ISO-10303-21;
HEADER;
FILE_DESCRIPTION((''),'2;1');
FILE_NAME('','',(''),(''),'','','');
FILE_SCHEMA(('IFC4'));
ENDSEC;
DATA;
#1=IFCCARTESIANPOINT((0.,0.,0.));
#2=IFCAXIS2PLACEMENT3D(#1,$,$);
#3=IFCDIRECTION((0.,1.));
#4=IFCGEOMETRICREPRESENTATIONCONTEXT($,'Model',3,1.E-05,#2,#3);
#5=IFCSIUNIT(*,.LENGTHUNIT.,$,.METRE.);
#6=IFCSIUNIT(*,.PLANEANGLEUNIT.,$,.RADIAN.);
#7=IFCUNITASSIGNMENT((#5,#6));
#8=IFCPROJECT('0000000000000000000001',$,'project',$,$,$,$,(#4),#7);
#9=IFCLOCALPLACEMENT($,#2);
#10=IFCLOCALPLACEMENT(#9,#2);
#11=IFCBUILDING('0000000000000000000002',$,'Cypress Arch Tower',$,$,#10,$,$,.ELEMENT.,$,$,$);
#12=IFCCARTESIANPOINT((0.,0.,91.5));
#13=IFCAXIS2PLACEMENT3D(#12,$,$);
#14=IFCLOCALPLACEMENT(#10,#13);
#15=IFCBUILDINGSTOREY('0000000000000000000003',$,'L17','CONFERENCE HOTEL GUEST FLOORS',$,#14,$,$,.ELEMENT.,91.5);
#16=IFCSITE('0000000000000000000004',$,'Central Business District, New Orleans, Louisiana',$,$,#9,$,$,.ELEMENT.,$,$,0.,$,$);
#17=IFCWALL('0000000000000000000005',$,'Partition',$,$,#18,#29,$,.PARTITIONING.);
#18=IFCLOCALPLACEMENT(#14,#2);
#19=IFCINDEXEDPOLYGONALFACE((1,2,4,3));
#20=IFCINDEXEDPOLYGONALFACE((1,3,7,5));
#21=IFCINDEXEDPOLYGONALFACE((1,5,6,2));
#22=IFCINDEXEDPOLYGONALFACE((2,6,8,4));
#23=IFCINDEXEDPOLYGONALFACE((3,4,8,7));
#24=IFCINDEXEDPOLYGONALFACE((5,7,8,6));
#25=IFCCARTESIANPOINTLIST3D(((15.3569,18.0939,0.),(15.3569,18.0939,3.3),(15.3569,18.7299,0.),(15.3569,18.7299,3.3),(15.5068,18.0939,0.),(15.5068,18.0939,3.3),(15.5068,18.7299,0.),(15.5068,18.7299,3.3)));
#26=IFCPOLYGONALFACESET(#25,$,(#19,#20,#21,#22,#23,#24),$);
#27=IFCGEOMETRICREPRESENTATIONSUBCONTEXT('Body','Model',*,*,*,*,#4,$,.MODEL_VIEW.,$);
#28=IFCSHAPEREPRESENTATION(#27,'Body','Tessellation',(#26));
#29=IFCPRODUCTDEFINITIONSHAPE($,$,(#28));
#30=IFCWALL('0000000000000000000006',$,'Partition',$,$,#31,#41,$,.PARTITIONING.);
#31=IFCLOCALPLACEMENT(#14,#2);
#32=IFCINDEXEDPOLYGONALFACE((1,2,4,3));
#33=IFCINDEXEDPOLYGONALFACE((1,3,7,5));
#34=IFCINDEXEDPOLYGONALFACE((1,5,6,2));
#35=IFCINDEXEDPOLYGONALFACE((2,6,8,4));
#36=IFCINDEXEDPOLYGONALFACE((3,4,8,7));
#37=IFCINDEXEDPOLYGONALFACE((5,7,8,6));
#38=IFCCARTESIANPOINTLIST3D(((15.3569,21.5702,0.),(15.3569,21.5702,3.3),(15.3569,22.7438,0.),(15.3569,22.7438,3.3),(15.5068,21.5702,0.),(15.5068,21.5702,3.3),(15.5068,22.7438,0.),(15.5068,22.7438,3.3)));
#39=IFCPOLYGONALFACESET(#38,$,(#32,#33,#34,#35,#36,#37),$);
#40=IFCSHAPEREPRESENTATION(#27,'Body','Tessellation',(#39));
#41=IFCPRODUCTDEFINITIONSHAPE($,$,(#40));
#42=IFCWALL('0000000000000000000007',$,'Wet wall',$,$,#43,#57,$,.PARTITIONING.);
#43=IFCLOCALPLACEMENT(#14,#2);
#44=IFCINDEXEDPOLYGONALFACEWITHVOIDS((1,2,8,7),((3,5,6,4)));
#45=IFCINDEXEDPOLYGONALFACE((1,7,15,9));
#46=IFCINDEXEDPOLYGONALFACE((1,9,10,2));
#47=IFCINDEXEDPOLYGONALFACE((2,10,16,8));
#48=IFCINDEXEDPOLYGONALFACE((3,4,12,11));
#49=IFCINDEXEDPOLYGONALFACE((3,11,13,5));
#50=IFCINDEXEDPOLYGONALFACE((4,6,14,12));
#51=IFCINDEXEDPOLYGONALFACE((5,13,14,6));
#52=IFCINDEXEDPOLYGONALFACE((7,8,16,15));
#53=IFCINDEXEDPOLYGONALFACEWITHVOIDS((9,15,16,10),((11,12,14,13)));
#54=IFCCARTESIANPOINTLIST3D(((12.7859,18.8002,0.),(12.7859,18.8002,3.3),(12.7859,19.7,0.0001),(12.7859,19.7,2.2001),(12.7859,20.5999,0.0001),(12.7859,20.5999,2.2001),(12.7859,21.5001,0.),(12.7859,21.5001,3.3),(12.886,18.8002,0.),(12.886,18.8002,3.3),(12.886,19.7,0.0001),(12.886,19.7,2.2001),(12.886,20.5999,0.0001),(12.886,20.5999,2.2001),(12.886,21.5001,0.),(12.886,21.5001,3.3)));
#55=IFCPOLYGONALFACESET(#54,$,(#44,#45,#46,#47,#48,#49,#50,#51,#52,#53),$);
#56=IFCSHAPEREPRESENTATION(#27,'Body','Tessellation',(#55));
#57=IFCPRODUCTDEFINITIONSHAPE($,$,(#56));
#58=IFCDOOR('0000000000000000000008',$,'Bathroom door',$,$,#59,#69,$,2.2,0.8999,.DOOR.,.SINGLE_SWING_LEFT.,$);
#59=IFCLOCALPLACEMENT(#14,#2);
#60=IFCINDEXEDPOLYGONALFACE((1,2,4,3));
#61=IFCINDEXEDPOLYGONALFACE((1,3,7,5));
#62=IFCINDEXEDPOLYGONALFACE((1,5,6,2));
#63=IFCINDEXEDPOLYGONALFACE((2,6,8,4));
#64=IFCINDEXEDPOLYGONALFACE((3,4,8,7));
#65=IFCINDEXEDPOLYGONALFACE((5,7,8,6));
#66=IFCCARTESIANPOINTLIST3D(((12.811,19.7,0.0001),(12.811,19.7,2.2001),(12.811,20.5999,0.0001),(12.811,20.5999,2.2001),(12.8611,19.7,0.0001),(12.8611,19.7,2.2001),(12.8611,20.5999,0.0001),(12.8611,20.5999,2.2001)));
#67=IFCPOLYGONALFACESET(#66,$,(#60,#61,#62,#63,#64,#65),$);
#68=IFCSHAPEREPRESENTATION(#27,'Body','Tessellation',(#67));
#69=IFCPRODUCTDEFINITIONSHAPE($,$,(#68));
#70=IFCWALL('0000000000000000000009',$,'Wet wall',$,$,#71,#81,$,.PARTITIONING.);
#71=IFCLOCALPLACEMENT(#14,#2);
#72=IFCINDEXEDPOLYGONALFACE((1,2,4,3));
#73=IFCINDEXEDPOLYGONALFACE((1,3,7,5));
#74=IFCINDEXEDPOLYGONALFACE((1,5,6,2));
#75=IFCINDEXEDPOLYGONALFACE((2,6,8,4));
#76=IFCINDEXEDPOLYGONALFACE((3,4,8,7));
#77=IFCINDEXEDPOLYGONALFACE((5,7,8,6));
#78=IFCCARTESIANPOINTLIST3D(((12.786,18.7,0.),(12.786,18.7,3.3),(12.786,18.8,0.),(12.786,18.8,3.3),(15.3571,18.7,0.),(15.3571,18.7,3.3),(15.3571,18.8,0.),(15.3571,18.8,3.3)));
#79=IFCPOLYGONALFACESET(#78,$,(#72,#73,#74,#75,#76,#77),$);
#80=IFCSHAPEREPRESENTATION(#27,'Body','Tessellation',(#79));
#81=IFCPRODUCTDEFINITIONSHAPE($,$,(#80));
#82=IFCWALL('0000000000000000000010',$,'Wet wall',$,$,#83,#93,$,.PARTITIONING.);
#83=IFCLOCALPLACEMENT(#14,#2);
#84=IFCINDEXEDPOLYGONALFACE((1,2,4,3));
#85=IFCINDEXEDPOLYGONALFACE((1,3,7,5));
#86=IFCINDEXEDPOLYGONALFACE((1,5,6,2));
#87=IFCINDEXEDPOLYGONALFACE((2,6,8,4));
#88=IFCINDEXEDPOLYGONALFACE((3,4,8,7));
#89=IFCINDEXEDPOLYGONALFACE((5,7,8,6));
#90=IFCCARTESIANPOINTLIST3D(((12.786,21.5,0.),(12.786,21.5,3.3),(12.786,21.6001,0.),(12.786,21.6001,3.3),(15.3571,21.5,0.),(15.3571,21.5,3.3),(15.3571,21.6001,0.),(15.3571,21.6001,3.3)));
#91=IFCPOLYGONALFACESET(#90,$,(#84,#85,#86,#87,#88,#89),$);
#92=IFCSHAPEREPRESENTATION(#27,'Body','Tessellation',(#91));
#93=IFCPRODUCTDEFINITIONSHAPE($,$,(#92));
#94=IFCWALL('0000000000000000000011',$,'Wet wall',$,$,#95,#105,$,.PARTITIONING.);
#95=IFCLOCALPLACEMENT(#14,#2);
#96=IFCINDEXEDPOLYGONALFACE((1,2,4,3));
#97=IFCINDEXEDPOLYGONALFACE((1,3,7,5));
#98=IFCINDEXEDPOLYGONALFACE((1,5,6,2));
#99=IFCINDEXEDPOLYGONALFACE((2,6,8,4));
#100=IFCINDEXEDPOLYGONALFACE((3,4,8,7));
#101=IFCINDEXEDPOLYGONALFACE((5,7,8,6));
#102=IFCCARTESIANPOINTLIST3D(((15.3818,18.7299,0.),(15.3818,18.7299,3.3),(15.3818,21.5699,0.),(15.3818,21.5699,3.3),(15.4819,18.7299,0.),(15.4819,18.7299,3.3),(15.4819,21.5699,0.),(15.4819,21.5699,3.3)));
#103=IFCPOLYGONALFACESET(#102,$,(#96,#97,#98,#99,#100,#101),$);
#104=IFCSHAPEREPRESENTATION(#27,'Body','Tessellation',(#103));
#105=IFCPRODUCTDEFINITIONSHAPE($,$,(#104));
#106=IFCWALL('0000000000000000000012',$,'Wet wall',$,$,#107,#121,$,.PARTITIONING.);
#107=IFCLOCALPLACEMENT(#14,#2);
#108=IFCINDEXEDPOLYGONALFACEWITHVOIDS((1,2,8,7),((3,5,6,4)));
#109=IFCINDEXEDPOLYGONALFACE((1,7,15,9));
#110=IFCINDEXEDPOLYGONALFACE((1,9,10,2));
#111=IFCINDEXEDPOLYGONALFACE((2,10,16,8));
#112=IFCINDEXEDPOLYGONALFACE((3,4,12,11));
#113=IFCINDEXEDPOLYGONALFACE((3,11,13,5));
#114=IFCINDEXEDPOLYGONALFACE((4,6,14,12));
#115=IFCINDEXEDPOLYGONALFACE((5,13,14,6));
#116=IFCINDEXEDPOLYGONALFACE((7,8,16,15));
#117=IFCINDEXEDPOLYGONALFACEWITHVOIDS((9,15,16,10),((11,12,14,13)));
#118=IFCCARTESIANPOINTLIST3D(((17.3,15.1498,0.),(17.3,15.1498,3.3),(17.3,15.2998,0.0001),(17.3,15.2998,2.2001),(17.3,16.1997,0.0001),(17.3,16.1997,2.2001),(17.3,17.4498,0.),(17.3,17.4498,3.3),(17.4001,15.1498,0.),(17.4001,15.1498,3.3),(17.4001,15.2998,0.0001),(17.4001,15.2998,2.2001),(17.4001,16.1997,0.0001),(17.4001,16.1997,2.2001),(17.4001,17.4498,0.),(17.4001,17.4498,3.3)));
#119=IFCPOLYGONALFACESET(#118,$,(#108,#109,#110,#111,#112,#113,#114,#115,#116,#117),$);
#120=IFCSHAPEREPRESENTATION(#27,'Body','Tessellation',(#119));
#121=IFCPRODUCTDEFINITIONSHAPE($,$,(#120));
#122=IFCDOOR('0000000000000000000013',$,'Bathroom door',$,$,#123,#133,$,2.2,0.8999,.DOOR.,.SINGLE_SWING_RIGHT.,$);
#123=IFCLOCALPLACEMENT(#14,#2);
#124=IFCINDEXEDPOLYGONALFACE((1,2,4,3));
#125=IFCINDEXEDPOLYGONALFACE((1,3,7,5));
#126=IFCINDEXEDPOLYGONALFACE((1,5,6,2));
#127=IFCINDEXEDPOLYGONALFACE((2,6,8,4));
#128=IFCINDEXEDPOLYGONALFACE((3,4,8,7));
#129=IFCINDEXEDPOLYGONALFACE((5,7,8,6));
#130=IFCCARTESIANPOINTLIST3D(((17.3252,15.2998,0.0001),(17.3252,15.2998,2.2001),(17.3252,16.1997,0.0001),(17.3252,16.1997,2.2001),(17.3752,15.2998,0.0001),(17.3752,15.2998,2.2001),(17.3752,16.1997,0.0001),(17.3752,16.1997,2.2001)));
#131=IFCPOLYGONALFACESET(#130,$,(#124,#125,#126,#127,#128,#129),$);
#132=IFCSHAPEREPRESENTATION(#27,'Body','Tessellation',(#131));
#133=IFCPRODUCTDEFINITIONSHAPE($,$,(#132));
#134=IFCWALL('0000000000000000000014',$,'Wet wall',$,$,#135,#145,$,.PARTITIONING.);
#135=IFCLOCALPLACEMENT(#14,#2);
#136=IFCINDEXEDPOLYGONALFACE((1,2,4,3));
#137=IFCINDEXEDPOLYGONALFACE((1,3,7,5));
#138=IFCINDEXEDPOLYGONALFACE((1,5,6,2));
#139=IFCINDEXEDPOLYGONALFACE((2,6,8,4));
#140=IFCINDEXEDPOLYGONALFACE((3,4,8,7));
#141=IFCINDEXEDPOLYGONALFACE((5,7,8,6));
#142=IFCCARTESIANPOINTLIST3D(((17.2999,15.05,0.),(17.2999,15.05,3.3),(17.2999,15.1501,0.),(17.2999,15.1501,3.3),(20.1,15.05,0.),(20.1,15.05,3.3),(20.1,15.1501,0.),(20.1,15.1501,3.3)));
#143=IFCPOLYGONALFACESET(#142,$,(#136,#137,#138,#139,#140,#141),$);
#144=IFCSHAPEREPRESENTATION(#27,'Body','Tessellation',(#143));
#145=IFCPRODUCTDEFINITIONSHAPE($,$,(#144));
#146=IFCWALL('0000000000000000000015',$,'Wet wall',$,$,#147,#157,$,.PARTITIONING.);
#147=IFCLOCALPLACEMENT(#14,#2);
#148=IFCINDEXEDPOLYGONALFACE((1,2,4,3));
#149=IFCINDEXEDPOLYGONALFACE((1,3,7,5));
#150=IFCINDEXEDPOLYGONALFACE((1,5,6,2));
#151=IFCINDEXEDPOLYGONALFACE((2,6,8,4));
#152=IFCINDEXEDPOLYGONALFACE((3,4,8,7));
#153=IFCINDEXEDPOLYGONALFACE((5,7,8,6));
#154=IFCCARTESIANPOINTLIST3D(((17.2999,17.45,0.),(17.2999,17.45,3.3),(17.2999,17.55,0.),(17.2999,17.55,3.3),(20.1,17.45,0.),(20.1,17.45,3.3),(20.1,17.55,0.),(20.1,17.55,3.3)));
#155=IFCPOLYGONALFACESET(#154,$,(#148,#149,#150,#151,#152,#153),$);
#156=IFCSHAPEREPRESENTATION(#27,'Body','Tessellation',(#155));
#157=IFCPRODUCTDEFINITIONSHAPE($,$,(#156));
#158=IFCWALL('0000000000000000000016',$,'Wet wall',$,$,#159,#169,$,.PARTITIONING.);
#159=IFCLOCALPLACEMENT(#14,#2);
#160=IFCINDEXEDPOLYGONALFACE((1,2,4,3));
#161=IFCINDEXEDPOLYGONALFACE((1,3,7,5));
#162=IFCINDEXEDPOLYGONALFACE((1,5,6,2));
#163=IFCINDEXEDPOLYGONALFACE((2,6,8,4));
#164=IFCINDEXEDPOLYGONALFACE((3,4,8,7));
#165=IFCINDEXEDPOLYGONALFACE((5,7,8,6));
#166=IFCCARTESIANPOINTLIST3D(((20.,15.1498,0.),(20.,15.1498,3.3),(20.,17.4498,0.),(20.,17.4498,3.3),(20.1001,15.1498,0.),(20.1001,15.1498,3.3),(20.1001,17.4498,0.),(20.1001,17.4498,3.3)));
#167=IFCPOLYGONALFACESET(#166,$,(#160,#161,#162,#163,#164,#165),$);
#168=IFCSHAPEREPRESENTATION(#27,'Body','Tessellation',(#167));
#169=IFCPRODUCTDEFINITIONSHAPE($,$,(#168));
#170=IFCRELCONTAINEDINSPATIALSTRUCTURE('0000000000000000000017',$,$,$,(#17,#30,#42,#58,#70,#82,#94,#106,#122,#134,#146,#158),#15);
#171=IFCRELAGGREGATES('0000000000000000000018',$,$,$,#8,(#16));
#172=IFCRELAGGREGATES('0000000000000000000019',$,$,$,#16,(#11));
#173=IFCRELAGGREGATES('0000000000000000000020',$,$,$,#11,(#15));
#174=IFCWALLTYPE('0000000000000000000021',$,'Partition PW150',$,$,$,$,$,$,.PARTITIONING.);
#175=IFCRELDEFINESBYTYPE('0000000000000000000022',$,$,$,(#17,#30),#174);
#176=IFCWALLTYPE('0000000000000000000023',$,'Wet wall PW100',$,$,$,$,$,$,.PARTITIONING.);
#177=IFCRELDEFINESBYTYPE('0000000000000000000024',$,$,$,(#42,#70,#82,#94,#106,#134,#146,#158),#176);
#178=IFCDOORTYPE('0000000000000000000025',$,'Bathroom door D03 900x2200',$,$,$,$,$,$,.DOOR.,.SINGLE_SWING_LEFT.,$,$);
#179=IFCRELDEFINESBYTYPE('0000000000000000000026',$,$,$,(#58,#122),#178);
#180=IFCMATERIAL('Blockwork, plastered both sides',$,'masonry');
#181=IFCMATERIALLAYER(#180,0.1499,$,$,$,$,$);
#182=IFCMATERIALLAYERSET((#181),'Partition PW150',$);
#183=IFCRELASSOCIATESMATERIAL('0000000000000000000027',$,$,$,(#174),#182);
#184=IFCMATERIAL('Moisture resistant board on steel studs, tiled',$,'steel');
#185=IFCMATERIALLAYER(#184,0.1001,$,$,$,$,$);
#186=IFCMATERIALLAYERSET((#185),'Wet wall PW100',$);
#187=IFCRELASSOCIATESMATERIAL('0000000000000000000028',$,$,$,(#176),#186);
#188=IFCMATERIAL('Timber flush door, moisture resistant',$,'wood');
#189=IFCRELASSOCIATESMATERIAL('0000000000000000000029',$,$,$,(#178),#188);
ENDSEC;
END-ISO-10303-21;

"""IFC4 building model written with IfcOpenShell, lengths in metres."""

from ifc_helpers import new_model, si_unit, direction, frame, frame_2d, origin, place, context, subcontext, project, spatial, rectangle, extrude, material, layer, layer_set, type_object, element, fill, save


model = new_model("IFC4")

# Units and contexts
model_context = context("Model", 3, precision=1e-05, world=origin(), true_north=direction((0.0, 1.0)))
body_context = subcontext(model_context, "Body", "Model", "MODEL_VIEW")
ifc_project = project(units=[si_unit("LENGTHUNIT", "METRE"), si_unit("PLANEANGLEUNIT", "RADIAN")], contexts=[model_context])

# Site, building, storey
site_placement = place(None, origin())
site = spatial("IfcSite", under=ifc_project, at=site_placement, Name="Central Business District, New Orleans, Louisiana", CompositionType="ELEMENT", RefElevation=0.0)
building_placement = place(site_placement, origin())
building = spatial("IfcBuilding", under=site, at=building_placement, Name="Cypress Arch Tower", CompositionType="ELEMENT")
storey_placement = place(building_placement, frame((0.0, 0.0, 91.5)))
storey = spatial("IfcBuildingStorey", under=building, at=storey_placement, Name="L17", Description="CONFERENCE HOTEL GUEST FLOORS", CompositionType="ELEMENT", Elevation=91.5)

# Walls
ifc_material_1 = material(Name="Blockwork, plastered both sides", Category="masonry")
ifc_layer_1 = layer(ifc_material_1, 0.1499)
ifc_layer_set_1 = layer_set([ifc_layer_1], Name="Partition PW150")
wall_type_1 = type_object("IfcWallType", Name="Partition PW150", PredefinedType="PARTITIONING", material=ifc_layer_set_1)
wall_1_placement = place(storey_placement, frame((15.4319, 18.094, 0.0), z_axis=(0.0, 0.0, 1.0), x_axis=(0.0, 1.0, 0.0)))
element("IfcWall", 1, at=wall_1_placement, inside=storey, type_object=wall_type_1, Name="Partition", PredefinedType="PARTITIONING", context=body_context, shape_type="SweptSolid", body=[
    extrude(rectangle(XDim=0.636, YDim=0.1499, at=frame_2d((0.3179, 0.0))), origin(), (0.0, 0.0, 1.0), 3.3),
])
wall_2_placement = place(storey_placement, frame((15.4319, 21.5701, 0.0), z_axis=(0.0, 0.0, 1.0), x_axis=(0.0, 1.0, 0.0)))
element("IfcWall", 2, at=wall_2_placement, inside=storey, type_object=wall_type_1, Name="Partition", PredefinedType="PARTITIONING", context=body_context, shape_type="SweptSolid", body=[
    extrude(rectangle(XDim=1.1736, YDim=0.1499, at=frame_2d((0.5869, 0.0))), origin(), (0.0, 0.0, 1.0), 3.3),
])

# Wall, opening, door
ifc_material_2 = material(Name="Moisture resistant board on steel studs, tiled", Category="steel")
ifc_layer_2 = layer(ifc_material_2, 0.1001)
ifc_layer_set_2 = layer_set([ifc_layer_2], Name="Wet wall PW100")
wall_type_2 = type_object("IfcWallType", Name="Wet wall PW100", PredefinedType="PARTITIONING", material=ifc_layer_set_2)
wall_3_placement = place(storey_placement, frame((12.8359, 18.8, 0.0), z_axis=(0.0, 0.0, 1.0), x_axis=(0.0, 1.0, 0.0)))
wall_3 = element("IfcWall", 3, at=wall_3_placement, inside=storey, type_object=wall_type_2, Name="Wet wall", PredefinedType="PARTITIONING", context=body_context, shape_type="SweptSolid", body=[
    extrude(rectangle(XDim=2.7, YDim=0.1001, at=frame_2d((1.3501, 0.0))), origin(), (0.0, 0.0, 1.0), 3.3),
])
opening_1_placement = place(wall_3_placement, frame((0.8999, 0.0, 0.0)))
opening_1 = element("IfcOpeningElement", 4, at=opening_1_placement, cuts=wall_3, PredefinedType="OPENING", context=body_context, shape_type="SweptSolid", body=[
    extrude(rectangle(XDim=0.8999, YDim=2.2, at=frame_2d((0.45, 1.1001))), frame((0.0, 0.0601, 0.0), z_axis=(0.0, -1.0, 0.0), x_axis=(1.0, 0.0, 0.0)), (0.0, 0.0, 1.0), 0.1201),
])
ifc_material_3 = material(Name="Timber flush door, moisture resistant", Category="wood")
door_type_1 = type_object("IfcDoorType", Name="Bathroom door D03 900x2200", OperationType="SINGLE_SWING_LEFT", PredefinedType="DOOR", material=ifc_material_3)
door_1_placement = place(opening_1_placement, origin())
door_1 = element("IfcDoor", 5, at=door_1_placement, inside=storey, type_object=door_type_1, Name="Bathroom door", OperationType="SINGLE_SWING_LEFT", OverallHeight=2.2, OverallWidth=0.8999, PredefinedType="DOOR", context=body_context, shape_type="SweptSolid", body=[
    extrude(rectangle(XDim=0.8999, YDim=2.2, at=frame_2d((0.45, 1.1001))), frame((0.0, 0.0249, 0.0), z_axis=(0.0, -1.0, 0.0), x_axis=(1.0, 0.0, 0.0)), (0.0, 0.0, 1.0), 0.05),
])
fill(opening_1, door_1)

# Walls
for number, where, z_axis, x_axis, name in (
    (6, (12.7859, 18.75, 0.0), (0.0, 0.0, 1.0), (1.0, 0.0, 0.0), "Wet wall"),
    (7, (12.7859, 21.55, 0.0), (0.0, 0.0, 1.0), (1.0, 0.0, 0.0), "Wet wall"),
):
    element("IfcWall", number, at=place(storey_placement, frame(where, z_axis=z_axis, x_axis=x_axis)), inside=storey, type_object=wall_type_2, Name=name, PredefinedType="PARTITIONING", context=body_context, shape_type="SweptSolid", body=[
        extrude(rectangle(XDim=2.571, YDim=0.1001, at=frame_2d((1.2856, 0.0))), origin(), (0.0, 0.0, 1.0), 3.3),
    ])
wall_4_placement = place(storey_placement, frame((15.4319, 18.73, 0.0), z_axis=(0.0, 0.0, 1.0), x_axis=(0.0, 1.0, 0.0)))
element("IfcWall", 8, at=wall_4_placement, inside=storey, type_object=wall_type_2, Name="Wet wall", PredefinedType="PARTITIONING", context=body_context, shape_type="SweptSolid", body=[
    extrude(rectangle(XDim=2.8401, YDim=0.1001, at=frame_2d((1.4199, 0.0))), origin(), (0.0, 0.0, 1.0), 3.3),
])

# Wall, opening, door
wall_5_placement = place(storey_placement, frame((17.3501, 15.1499, 0.0), z_axis=(0.0, 0.0, 1.0), x_axis=(0.0, 1.0, 0.0)))
wall_5 = element("IfcWall", 9, at=wall_5_placement, inside=storey, type_object=wall_type_2, Name="Wet wall", PredefinedType="PARTITIONING", context=body_context, shape_type="SweptSolid", body=[
    extrude(rectangle(XDim=2.3, YDim=0.1001, at=frame_2d((1.1499, 0.0))), origin(), (0.0, 0.0, 1.0), 3.3),
])
opening_2_placement = place(wall_5_placement, frame((0.1499, 0.0, 0.0)))
opening_2 = element("IfcOpeningElement", 10, at=opening_2_placement, cuts=wall_5, PredefinedType="OPENING", context=body_context, shape_type="SweptSolid", body=[
    extrude(rectangle(XDim=0.8999, YDim=2.2, at=frame_2d((0.45, 1.1001))), frame((0.0, 0.0601, 0.0), z_axis=(0.0, -1.0, 0.0), x_axis=(1.0, 0.0, 0.0)), (0.0, 0.0, 1.0), 0.1201),
])
door_2_placement = place(opening_2_placement, origin())
door_2 = element("IfcDoor", 11, at=door_2_placement, inside=storey, type_object=door_type_1, Name="Bathroom door", OperationType="SINGLE_SWING_RIGHT", OverallHeight=2.2, OverallWidth=0.8999, PredefinedType="DOOR", context=body_context, shape_type="SweptSolid", body=[
    extrude(rectangle(XDim=0.8999, YDim=2.2, at=frame_2d((0.45, 1.1001))), frame((0.0, 0.0249, 0.0), z_axis=(0.0, -1.0, 0.0), x_axis=(1.0, 0.0, 0.0)), (0.0, 0.0, 1.0), 0.05),
])
fill(opening_2, door_2)

# Walls
for number, where, z_axis, x_axis, name in (
    (12, (17.3, 15.1001, 0.0), (0.0, 0.0, 1.0), (1.0, 0.0, 0.0), "Wet wall"),
    (13, (17.3, 17.5, 0.0), (0.0, 0.0, 1.0), (1.0, 0.0, 0.0), "Wet wall"),
):
    element("IfcWall", number, at=place(storey_placement, frame(where, z_axis=z_axis, x_axis=x_axis)), inside=storey, type_object=wall_type_2, Name=name, PredefinedType="PARTITIONING", context=body_context, shape_type="SweptSolid", body=[
        extrude(rectangle(XDim=2.8, YDim=0.1001, at=frame_2d((1.3999, 0.0))), origin(), (0.0, 0.0, 1.0), 3.3),
    ])
wall_6_placement = place(storey_placement, frame((20.05, 15.1499, 0.0), z_axis=(0.0, 0.0, 1.0), x_axis=(0.0, 1.0, 0.0)))
element("IfcWall", 14, at=wall_6_placement, inside=storey, type_object=wall_type_2, Name="Wet wall", PredefinedType="PARTITIONING", context=body_context, shape_type="SweptSolid", body=[
    extrude(rectangle(XDim=2.3, YDim=0.1001, at=frame_2d((1.1499, 0.0))), origin(), (0.0, 0.0, 1.0), 3.3),
])

save(model, "model.ifc")
